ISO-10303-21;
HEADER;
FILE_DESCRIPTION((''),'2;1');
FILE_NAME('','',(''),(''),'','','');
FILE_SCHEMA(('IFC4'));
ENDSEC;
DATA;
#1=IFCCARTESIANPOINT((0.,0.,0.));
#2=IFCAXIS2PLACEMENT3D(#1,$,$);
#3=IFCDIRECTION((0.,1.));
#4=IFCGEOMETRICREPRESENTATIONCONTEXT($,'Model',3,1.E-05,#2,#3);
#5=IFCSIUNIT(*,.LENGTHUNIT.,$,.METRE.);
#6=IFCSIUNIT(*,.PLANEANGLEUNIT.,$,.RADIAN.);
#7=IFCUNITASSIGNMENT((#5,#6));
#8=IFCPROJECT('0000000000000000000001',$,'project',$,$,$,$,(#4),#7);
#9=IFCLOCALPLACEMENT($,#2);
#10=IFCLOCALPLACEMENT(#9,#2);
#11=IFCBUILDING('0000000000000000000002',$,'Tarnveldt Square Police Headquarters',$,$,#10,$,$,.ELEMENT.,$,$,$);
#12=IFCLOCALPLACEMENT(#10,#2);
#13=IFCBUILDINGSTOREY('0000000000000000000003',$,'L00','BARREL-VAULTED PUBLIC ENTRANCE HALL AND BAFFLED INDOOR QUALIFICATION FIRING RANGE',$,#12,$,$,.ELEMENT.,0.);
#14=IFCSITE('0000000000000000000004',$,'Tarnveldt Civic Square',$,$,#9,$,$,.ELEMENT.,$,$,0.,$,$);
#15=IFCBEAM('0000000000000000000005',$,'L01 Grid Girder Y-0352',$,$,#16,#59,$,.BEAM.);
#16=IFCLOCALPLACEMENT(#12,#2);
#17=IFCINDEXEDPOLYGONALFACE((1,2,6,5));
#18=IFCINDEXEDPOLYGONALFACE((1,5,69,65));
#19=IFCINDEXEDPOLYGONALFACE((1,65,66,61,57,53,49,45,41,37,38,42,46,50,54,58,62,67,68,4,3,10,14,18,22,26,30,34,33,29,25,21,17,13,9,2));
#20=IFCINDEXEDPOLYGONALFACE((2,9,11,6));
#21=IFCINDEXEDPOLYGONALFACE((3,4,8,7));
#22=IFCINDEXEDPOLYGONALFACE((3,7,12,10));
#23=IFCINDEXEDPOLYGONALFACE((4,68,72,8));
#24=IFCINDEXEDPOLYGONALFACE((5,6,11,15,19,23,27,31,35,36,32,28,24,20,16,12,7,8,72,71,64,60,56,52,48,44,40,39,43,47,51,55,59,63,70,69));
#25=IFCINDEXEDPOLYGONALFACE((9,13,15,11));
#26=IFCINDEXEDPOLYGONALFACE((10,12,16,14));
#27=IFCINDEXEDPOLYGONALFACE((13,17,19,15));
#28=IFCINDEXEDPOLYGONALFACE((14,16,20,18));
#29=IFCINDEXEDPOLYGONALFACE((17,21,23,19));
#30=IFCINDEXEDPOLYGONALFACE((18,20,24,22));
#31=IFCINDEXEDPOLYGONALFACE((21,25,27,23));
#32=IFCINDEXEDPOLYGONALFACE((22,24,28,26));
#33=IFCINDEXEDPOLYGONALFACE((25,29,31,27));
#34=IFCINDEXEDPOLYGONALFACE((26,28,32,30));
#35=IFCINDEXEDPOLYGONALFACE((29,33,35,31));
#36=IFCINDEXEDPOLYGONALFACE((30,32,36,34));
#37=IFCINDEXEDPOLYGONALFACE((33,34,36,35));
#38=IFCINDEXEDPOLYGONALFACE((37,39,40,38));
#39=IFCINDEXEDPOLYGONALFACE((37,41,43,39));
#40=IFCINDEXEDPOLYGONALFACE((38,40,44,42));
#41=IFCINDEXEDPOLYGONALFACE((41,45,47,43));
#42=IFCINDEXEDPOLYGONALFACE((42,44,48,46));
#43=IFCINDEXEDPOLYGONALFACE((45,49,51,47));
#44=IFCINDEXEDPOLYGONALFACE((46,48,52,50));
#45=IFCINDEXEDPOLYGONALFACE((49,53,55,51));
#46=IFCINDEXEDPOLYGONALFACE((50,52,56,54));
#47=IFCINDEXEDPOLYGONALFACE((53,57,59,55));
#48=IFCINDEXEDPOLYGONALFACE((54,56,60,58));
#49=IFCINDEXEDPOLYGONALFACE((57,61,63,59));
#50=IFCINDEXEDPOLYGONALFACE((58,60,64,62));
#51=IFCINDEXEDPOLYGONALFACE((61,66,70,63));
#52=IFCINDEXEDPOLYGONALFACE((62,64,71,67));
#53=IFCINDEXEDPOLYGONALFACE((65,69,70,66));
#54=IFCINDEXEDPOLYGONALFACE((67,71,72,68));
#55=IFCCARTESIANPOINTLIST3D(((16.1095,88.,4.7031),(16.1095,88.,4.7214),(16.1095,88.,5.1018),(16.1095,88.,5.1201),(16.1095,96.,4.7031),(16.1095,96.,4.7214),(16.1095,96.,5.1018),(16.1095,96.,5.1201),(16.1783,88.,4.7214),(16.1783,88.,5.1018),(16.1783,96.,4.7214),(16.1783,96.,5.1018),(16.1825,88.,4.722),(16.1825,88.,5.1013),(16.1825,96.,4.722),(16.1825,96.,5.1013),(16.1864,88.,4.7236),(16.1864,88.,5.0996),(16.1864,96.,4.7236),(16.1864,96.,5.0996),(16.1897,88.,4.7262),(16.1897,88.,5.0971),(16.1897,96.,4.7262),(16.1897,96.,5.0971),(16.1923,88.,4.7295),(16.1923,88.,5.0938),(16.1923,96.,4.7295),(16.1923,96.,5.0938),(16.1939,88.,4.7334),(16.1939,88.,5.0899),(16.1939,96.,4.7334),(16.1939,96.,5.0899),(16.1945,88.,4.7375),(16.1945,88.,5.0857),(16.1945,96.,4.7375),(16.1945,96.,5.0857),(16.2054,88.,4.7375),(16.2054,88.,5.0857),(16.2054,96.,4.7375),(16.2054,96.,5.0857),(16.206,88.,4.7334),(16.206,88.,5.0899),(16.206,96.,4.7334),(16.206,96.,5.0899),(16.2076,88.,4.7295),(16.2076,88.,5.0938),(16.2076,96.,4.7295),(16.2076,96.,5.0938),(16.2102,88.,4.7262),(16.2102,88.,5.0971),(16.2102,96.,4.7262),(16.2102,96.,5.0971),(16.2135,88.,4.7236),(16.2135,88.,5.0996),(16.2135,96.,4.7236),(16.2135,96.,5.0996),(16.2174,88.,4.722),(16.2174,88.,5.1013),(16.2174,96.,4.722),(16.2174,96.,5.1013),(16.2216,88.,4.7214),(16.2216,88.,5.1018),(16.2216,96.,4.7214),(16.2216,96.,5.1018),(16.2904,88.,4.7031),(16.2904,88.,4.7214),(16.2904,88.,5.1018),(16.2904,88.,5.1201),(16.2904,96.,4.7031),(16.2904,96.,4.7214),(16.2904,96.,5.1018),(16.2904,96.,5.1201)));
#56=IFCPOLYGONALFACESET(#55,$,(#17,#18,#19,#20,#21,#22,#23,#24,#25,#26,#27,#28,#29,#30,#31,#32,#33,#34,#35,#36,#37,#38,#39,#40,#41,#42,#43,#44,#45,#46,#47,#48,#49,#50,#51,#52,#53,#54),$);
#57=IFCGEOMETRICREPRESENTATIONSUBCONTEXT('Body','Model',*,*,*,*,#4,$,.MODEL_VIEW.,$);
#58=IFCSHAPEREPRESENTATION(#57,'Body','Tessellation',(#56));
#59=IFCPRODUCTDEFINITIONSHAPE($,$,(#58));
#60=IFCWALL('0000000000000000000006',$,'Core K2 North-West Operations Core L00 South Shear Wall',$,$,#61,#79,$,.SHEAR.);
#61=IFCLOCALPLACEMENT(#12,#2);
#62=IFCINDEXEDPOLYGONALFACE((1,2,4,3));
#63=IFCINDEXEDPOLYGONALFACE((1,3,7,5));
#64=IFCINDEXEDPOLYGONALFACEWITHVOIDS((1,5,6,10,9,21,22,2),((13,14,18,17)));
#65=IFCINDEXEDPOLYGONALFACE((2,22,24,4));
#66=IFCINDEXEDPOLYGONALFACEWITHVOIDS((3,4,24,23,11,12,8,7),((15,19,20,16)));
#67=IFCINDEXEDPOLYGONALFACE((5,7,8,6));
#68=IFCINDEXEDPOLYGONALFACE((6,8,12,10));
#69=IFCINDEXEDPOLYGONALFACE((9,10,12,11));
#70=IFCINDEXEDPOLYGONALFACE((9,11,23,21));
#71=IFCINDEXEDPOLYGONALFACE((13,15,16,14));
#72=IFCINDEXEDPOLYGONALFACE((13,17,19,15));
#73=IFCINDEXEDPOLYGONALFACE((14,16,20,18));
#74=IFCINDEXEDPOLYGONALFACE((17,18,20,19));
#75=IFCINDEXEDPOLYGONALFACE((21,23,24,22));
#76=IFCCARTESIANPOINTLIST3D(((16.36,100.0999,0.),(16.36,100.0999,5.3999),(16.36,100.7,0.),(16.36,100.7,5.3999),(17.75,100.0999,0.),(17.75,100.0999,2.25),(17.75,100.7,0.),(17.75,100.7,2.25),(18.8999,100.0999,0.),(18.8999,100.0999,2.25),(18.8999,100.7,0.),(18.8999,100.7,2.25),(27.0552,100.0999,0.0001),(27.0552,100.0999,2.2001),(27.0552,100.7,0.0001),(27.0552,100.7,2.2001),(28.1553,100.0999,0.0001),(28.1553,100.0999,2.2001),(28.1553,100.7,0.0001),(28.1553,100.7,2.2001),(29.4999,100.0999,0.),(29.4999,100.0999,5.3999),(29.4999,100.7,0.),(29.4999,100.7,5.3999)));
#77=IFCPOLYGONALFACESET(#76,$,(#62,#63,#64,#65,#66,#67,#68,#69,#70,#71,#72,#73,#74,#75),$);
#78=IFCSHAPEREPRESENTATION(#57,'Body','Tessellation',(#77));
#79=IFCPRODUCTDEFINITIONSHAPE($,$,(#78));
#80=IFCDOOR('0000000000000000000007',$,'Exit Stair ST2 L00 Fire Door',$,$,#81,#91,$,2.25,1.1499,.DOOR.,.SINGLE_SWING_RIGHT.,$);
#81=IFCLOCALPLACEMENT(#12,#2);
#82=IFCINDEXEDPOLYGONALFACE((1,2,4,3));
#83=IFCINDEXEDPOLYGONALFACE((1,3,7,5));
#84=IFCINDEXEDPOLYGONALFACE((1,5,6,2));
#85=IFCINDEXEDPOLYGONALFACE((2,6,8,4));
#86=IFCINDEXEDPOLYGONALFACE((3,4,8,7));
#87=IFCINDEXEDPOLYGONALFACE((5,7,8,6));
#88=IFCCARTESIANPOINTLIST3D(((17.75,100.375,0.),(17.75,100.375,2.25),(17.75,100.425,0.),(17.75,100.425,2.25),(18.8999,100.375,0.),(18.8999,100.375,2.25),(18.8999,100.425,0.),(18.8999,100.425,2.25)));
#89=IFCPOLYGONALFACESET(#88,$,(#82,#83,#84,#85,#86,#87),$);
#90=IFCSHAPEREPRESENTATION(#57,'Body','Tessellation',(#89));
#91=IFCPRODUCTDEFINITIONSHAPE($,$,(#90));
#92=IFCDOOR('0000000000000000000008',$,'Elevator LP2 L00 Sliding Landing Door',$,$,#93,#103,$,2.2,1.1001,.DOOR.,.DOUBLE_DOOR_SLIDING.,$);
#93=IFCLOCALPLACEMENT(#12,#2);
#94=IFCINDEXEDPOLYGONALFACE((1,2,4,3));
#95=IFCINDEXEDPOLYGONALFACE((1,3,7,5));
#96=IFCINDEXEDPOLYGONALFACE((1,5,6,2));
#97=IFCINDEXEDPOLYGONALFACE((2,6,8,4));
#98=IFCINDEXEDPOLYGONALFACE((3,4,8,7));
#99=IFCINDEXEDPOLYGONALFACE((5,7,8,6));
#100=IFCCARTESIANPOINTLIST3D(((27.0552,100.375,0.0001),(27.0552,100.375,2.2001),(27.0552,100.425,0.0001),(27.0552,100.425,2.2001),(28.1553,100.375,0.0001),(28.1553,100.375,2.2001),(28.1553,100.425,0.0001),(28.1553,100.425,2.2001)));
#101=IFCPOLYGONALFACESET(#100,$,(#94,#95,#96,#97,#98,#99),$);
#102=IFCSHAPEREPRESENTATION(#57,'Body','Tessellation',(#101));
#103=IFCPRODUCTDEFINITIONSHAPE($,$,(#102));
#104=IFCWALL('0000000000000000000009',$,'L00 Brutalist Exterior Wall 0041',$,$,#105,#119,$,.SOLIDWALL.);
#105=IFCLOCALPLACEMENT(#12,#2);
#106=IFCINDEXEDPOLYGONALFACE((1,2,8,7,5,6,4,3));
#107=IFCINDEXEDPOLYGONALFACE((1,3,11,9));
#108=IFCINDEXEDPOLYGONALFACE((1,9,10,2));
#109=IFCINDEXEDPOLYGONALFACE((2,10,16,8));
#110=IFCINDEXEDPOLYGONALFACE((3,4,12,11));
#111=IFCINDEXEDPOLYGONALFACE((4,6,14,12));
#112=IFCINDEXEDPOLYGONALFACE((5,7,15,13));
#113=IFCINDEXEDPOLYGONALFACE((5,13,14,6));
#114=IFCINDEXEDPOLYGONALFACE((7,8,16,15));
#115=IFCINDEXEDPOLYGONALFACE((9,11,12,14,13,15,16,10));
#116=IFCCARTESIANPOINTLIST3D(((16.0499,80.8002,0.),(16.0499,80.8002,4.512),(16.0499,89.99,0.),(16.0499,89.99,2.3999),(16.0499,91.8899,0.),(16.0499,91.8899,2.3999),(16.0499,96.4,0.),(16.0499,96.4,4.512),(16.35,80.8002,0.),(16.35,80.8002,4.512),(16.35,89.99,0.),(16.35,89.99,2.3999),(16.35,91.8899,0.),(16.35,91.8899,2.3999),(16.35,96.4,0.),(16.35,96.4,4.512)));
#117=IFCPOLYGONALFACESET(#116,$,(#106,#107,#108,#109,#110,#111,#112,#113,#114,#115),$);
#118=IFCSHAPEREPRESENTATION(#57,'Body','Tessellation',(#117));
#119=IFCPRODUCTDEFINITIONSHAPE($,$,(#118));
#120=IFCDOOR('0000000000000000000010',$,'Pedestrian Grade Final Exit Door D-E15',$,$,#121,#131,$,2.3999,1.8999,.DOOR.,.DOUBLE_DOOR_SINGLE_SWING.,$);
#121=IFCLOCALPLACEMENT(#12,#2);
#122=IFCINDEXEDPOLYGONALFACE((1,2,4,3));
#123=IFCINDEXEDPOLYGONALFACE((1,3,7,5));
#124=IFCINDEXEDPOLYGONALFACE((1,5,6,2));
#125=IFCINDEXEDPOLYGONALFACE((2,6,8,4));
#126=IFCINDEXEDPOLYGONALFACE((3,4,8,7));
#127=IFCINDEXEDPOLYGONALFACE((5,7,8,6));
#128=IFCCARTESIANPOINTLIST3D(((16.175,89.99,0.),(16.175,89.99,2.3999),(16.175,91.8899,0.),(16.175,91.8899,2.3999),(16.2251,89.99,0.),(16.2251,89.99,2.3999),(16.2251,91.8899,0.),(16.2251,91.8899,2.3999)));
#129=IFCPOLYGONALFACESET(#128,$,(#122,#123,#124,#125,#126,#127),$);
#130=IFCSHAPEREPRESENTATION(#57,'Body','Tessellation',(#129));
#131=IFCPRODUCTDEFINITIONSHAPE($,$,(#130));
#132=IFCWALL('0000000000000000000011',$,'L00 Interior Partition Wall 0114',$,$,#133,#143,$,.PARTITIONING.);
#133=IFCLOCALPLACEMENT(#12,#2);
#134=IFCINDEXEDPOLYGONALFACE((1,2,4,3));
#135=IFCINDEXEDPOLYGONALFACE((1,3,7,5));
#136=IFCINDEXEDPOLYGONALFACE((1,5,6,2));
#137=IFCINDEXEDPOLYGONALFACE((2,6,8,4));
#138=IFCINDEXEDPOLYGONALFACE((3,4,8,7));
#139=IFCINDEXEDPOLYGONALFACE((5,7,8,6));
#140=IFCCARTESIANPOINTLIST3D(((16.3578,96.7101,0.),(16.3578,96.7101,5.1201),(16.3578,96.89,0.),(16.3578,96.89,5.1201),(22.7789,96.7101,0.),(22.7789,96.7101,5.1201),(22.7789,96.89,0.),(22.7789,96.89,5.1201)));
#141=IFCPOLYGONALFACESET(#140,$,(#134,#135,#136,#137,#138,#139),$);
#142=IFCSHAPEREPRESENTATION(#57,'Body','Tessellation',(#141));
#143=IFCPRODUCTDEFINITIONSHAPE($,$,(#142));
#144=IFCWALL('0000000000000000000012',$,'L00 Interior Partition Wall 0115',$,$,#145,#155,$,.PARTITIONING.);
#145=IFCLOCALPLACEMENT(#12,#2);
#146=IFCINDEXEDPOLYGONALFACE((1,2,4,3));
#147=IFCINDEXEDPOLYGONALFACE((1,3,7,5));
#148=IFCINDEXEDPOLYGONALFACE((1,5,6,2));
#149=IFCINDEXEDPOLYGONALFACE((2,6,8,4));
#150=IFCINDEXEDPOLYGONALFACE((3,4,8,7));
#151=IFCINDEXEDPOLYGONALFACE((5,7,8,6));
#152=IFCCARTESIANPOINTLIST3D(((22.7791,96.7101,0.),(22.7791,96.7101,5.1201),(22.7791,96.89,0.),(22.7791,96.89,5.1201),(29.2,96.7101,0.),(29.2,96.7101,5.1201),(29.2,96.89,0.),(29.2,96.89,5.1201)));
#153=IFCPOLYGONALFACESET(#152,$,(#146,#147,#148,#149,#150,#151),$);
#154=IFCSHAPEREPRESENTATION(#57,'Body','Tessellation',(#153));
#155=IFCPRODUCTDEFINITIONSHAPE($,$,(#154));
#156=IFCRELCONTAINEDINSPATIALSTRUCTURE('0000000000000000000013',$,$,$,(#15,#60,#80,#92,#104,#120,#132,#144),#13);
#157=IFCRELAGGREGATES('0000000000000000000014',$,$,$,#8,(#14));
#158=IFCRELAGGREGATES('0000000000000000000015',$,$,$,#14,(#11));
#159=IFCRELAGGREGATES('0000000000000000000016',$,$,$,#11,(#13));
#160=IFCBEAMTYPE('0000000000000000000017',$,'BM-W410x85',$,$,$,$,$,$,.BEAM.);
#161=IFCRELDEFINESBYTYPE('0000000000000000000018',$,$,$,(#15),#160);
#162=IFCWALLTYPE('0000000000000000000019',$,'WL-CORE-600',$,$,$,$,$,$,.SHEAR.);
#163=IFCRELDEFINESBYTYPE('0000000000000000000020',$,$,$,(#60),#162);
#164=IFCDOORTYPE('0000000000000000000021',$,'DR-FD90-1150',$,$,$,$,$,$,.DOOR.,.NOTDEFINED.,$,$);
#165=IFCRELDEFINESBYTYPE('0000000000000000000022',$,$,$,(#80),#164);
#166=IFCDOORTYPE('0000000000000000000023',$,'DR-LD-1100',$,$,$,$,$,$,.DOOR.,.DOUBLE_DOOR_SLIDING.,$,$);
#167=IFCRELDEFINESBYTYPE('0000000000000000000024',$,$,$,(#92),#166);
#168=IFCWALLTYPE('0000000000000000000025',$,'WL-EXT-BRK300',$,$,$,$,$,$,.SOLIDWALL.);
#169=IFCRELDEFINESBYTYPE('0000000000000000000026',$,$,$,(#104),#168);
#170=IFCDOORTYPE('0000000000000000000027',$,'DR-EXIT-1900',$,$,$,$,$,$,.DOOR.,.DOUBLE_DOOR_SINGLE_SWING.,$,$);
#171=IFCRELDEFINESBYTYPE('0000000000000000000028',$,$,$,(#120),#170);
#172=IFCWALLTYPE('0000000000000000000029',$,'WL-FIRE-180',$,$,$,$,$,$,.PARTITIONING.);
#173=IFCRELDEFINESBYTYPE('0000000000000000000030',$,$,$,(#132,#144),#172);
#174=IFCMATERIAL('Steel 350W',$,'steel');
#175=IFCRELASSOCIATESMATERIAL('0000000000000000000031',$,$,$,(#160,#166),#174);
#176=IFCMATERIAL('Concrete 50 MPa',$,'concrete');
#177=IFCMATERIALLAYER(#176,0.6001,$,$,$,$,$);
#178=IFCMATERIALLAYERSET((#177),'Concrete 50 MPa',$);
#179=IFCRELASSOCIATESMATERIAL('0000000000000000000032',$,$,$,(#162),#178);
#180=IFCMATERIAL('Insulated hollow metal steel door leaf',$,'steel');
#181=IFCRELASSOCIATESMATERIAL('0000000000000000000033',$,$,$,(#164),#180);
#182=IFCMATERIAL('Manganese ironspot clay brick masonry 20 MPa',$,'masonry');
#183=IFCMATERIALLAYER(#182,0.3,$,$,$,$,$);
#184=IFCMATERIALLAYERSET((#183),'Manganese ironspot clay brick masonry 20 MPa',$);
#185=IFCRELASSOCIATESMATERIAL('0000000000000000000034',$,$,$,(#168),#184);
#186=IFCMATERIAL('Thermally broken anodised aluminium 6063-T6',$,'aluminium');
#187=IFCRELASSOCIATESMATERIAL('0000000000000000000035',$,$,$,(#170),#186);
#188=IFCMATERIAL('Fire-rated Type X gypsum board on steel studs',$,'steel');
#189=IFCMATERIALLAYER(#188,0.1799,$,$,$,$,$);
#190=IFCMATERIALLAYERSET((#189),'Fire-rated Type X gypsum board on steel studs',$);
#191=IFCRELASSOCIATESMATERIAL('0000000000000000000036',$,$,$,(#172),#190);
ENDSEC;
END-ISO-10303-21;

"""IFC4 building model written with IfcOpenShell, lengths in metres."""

from ifc_helpers import new_model, si_unit, direction, frame, frame_2d, origin, origin_2d, place, context, subcontext, project, spatial, rectangle, i_section, extrude, material, layer, layer_set, material_profile, profile_set, type_object, element, fill, save


model = new_model("IFC4")

# Units and contexts
model_context = context("Model", 3, precision=1e-05, world=origin(), true_north=direction((0.0, 1.0)))
body_context = subcontext(model_context, "Body", "Model", "MODEL_VIEW")
ifc_project = project(units=[si_unit("LENGTHUNIT", "METRE"), si_unit("PLANEANGLEUNIT", "RADIAN")], contexts=[model_context])

# Site, building, storey
site_placement = place(None, origin())
site = spatial("IfcSite", under=ifc_project, at=site_placement, Name="Tarnveldt Civic Square", CompositionType="ELEMENT", RefElevation=0.0)
building_placement = place(site_placement, origin())
building = spatial("IfcBuilding", under=site, at=building_placement, Name="Tarnveldt Square Police Headquarters", CompositionType="ELEMENT")
storey_placement = place(building_placement, origin())
storey = spatial("IfcBuildingStorey", under=building, at=storey_placement, Name="L00", Description="BARREL-VAULTED PUBLIC ENTRANCE HALL AND BAFFLED INDOOR QUALIFICATION FIRING RANGE", CompositionType="ELEMENT", Elevation=0.0)

# Shared definitions
ifc_material_1 = material(Name="Concrete 50 MPa", Category="concrete")

# Beam
ifc_material_2 = material(Name="Steel 350W", Category="steel")
ifc_material_profile_1 = material_profile(ifc_material_2, i_section(OverallWidth=0.1809, OverallDepth=0.417, WebThickness=0.011, FlangeThickness=0.0183, FilletRadius=0.0161, at=origin_2d()), Name="W410x85")
ifc_profile_set_1 = profile_set([ifc_material_profile_1], Name="Steel 350W")
beam_type_1 = type_object("IfcBeamType", Name="BM-W410x85", PredefinedType="BEAM", material=ifc_profile_set_1)
beam_1_placement = place(storey_placement, frame((16.2, 88.0, 4.9116), z_axis=(0.0, 1.0, 0.0), x_axis=(-1.0, 0.0, 0.0)))
element("IfcBeam", 1, at=beam_1_placement, inside=storey, type_object=beam_type_1, Name="L01 Grid Girder Y-0352", PredefinedType="BEAM", context=body_context, shape_type="SweptSolid", body=[
    extrude(i_section(OverallWidth=0.1809, OverallDepth=0.417, WebThickness=0.011, FlangeThickness=0.0183, FilletRadius=0.0161, at=origin_2d()), origin(), (0.0, 0.0, 1.0), 8.0),
])

# Wall, openings, doors
ifc_layer_1 = layer(ifc_material_1, 0.6001)
ifc_layer_set_1 = layer_set([ifc_layer_1], Name="Concrete 50 MPa")
wall_type_1 = type_object("IfcWallType", Name="WL-CORE-600", PredefinedType="SHEAR", material=ifc_layer_set_1)
wall_1_placement = place(storey_placement, frame((16.3601, 100.3999, 0.0), z_axis=(0.0, 0.0, 1.0), x_axis=(1.0, 0.0, 0.0)))
wall_1 = element("IfcWall", 2, at=wall_1_placement, inside=storey, type_object=wall_type_1, Name="Core K2 North-West Operations Core L00 South Shear Wall", PredefinedType="SHEAR", context=body_context, shape_type="SweptSolid", body=[
    extrude(rectangle(XDim=13.1399, YDim=0.6001, at=frame_2d((6.5698, 0.0))), origin(), (0.0, 0.0, 1.0), 5.3999),
])
opening_1_placement = place(wall_1_placement, frame((1.3899, 0.0, 0.0)))
opening_1 = element("IfcOpeningElement", 3, at=opening_1_placement, cuts=wall_1, PredefinedType="OPENING", context=body_context, shape_type="SweptSolid", body=[
    extrude(rectangle(XDim=1.1499, YDim=2.25, at=frame_2d((0.575, 1.125))), frame((0.0, 0.3101, 0.0), z_axis=(0.0, -1.0, 0.0), x_axis=(1.0, 0.0, 0.0)), (0.0, 0.0, 1.0), 0.6201),
])
opening_2_placement = place(wall_1_placement, frame((10.6951, 0.0, 0.0)))
opening_2 = element("IfcOpeningElement", 4, at=opening_2_placement, cuts=wall_1, PredefinedType="OPENING", context=body_context, shape_type="SweptSolid", body=[
    extrude(rectangle(XDim=1.1001, YDim=2.2, at=frame_2d((0.55, 1.1001))), frame((0.0, 0.3101, 0.0), z_axis=(0.0, -1.0, 0.0), x_axis=(1.0, 0.0, 0.0)), (0.0, 0.0, 1.0), 0.6201),
])
ifc_material_3 = material(Name="Insulated hollow metal steel door leaf", Category="steel")
door_type_1 = type_object("IfcDoorType", Name="DR-FD90-1150", OperationType="NOTDEFINED", PredefinedType="DOOR", material=ifc_material_3)
door_1_placement = place(opening_1_placement, frame((1.1499, 0.0, 0.0), z_axis=(0.0, 0.0, 1.0), x_axis=(-1.0, 0.0, 0.0)))
door_1 = element("IfcDoor", 5, at=door_1_placement, inside=storey, type_object=door_type_1, Name="Exit Stair ST2 L00 Fire Door", OperationType="SINGLE_SWING_RIGHT", OverallHeight=2.25, OverallWidth=1.1499, PredefinedType="DOOR", context=body_context, shape_type="SweptSolid", body=[
    extrude(rectangle(XDim=1.1499, YDim=2.25, at=frame_2d((0.575, 1.125))), frame((0.0, 0.0249, 0.0), z_axis=(0.0, -1.0, 0.0), x_axis=(1.0, 0.0, 0.0)), (0.0, 0.0, 1.0), 0.05),
])
fill(opening_1, door_1)
door_type_2 = type_object("IfcDoorType", Name="DR-LD-1100", OperationType="DOUBLE_DOOR_SLIDING", PredefinedType="DOOR", material=ifc_material_2)
door_2_placement = place(opening_2_placement, frame((1.1001, 0.0, 0.0), z_axis=(0.0, 0.0, 1.0), x_axis=(-1.0, 0.0, 0.0)))
door_2 = element("IfcDoor", 6, at=door_2_placement, inside=storey, type_object=door_type_2, Name="Elevator LP2 L00 Sliding Landing Door", OperationType="DOUBLE_DOOR_SLIDING", OverallHeight=2.2, OverallWidth=1.1001, PredefinedType="DOOR", context=body_context, shape_type="SweptSolid", body=[
    extrude(rectangle(XDim=1.1001, YDim=2.2, at=frame_2d((0.55, 1.1001))), frame((0.0, 0.0249, 0.0), z_axis=(0.0, -1.0, 0.0), x_axis=(1.0, 0.0, 0.0)), (0.0, 0.0, 1.0), 0.05),
])
fill(opening_2, door_2)

# Wall, opening, door
ifc_material_4 = material(Name="Manganese ironspot clay brick masonry 20 MPa", Category="masonry")
ifc_layer_2 = layer(ifc_material_4, 0.3)
ifc_layer_set_2 = layer_set([ifc_layer_2], Name="Manganese ironspot clay brick masonry 20 MPa")
wall_type_2 = type_object("IfcWallType", Name="WL-EXT-BRK300", PredefinedType="SOLIDWALL", material=ifc_layer_set_2)
wall_2_placement = place(storey_placement, frame((16.2, 96.3999, 0.0), z_axis=(0.0, 0.0, 1.0), x_axis=(0.0, -1.0, 0.0)))
wall_2 = element("IfcWall", 7, at=wall_2_placement, inside=storey, type_object=wall_type_2, Name="L00 Brutalist Exterior Wall 0041", PredefinedType="SOLIDWALL", context=body_context, shape_type="SweptSolid", body=[
    extrude(rectangle(XDim=15.5999, YDim=0.3, at=frame_2d((7.7998, 0.0))), origin(), (0.0, 0.0, 1.0), 4.512),
])
opening_3_placement = place(wall_2_placement, frame((4.51, 0.0, 0.0)))
opening_3 = element("IfcOpeningElement", 8, at=opening_3_placement, cuts=wall_2, PredefinedType="OPENING", context=body_context, shape_type="SweptSolid", body=[
    extrude(rectangle(XDim=1.8999, YDim=2.3999, at=frame_2d((0.95, 1.2))), frame((0.0, 0.1599, 0.0), z_axis=(0.0, -1.0, 0.0), x_axis=(1.0, 0.0, 0.0)), (0.0, 0.0, 1.0), 0.3201),
])
ifc_material_5 = material(Name="Thermally broken anodised aluminium 6063-T6", Category="aluminium")
door_type_3 = type_object("IfcDoorType", Name="DR-EXIT-1900", OperationType="DOUBLE_DOOR_SINGLE_SWING", PredefinedType="DOOR", material=ifc_material_5)
door_3_placement = place(opening_3_placement, frame((1.8999, 0.0, 0.0), z_axis=(0.0, 0.0, 1.0), x_axis=(-1.0, 0.0, 0.0)))
door_3 = element("IfcDoor", 9, at=door_3_placement, inside=storey, type_object=door_type_3, Name="Pedestrian Grade Final Exit Door D-E15", OperationType="DOUBLE_DOOR_SINGLE_SWING", OverallHeight=2.3999, OverallWidth=1.8999, PredefinedType="DOOR", context=body_context, shape_type="SweptSolid", body=[
    extrude(rectangle(XDim=1.8999, YDim=2.3999, at=frame_2d((0.95, 1.2))), frame((0.0, 0.0249, 0.0), z_axis=(0.0, -1.0, 0.0), x_axis=(1.0, 0.0, 0.0)), (0.0, 0.0, 1.0), 0.05),
])
fill(opening_3, door_3)

# Walls
ifc_material_6 = material(Name="Fire-rated Type X gypsum board on steel studs", Category="steel")
ifc_layer_3 = layer(ifc_material_6, 0.1799)
ifc_layer_set_3 = layer_set([ifc_layer_3], Name="Fire-rated Type X gypsum board on steel studs")
wall_type_3 = type_object("IfcWallType", Name="WL-FIRE-180", PredefinedType="PARTITIONING", material=ifc_layer_set_3)
wall_3_placement = place(storey_placement, frame((16.3579, 96.8, 0.0), z_axis=(0.0, 0.0, 1.0), x_axis=(1.0, 0.0, 0.0)))
element("IfcWall", 10, at=wall_3_placement, inside=storey, type_object=wall_type_3, Name="L00 Interior Partition Wall 0114", PredefinedType="PARTITIONING", context=body_context, shape_type="SweptSolid", body=[
    extrude(rectangle(XDim=6.4211, YDim=0.1799, at=frame_2d((3.2104, 0.0))), origin(), (0.0, 0.0, 1.0), 5.1201),
])
wall_4_placement = place(storey_placement, frame((22.7791, 96.8, 0.0), z_axis=(0.0, 0.0, 1.0), x_axis=(1.0, 0.0, 0.0)))
element("IfcWall", 11, at=wall_4_placement, inside=storey, type_object=wall_type_3, Name="L00 Interior Partition Wall 0115", PredefinedType="PARTITIONING", context=body_context, shape_type="SweptSolid", body=[
    extrude(rectangle(XDim=6.4209, YDim=0.1799, at=frame_2d((3.2104, 0.0))), origin(), (0.0, 0.0, 1.0), 5.1201),
])

save(model, "model.ifc")
